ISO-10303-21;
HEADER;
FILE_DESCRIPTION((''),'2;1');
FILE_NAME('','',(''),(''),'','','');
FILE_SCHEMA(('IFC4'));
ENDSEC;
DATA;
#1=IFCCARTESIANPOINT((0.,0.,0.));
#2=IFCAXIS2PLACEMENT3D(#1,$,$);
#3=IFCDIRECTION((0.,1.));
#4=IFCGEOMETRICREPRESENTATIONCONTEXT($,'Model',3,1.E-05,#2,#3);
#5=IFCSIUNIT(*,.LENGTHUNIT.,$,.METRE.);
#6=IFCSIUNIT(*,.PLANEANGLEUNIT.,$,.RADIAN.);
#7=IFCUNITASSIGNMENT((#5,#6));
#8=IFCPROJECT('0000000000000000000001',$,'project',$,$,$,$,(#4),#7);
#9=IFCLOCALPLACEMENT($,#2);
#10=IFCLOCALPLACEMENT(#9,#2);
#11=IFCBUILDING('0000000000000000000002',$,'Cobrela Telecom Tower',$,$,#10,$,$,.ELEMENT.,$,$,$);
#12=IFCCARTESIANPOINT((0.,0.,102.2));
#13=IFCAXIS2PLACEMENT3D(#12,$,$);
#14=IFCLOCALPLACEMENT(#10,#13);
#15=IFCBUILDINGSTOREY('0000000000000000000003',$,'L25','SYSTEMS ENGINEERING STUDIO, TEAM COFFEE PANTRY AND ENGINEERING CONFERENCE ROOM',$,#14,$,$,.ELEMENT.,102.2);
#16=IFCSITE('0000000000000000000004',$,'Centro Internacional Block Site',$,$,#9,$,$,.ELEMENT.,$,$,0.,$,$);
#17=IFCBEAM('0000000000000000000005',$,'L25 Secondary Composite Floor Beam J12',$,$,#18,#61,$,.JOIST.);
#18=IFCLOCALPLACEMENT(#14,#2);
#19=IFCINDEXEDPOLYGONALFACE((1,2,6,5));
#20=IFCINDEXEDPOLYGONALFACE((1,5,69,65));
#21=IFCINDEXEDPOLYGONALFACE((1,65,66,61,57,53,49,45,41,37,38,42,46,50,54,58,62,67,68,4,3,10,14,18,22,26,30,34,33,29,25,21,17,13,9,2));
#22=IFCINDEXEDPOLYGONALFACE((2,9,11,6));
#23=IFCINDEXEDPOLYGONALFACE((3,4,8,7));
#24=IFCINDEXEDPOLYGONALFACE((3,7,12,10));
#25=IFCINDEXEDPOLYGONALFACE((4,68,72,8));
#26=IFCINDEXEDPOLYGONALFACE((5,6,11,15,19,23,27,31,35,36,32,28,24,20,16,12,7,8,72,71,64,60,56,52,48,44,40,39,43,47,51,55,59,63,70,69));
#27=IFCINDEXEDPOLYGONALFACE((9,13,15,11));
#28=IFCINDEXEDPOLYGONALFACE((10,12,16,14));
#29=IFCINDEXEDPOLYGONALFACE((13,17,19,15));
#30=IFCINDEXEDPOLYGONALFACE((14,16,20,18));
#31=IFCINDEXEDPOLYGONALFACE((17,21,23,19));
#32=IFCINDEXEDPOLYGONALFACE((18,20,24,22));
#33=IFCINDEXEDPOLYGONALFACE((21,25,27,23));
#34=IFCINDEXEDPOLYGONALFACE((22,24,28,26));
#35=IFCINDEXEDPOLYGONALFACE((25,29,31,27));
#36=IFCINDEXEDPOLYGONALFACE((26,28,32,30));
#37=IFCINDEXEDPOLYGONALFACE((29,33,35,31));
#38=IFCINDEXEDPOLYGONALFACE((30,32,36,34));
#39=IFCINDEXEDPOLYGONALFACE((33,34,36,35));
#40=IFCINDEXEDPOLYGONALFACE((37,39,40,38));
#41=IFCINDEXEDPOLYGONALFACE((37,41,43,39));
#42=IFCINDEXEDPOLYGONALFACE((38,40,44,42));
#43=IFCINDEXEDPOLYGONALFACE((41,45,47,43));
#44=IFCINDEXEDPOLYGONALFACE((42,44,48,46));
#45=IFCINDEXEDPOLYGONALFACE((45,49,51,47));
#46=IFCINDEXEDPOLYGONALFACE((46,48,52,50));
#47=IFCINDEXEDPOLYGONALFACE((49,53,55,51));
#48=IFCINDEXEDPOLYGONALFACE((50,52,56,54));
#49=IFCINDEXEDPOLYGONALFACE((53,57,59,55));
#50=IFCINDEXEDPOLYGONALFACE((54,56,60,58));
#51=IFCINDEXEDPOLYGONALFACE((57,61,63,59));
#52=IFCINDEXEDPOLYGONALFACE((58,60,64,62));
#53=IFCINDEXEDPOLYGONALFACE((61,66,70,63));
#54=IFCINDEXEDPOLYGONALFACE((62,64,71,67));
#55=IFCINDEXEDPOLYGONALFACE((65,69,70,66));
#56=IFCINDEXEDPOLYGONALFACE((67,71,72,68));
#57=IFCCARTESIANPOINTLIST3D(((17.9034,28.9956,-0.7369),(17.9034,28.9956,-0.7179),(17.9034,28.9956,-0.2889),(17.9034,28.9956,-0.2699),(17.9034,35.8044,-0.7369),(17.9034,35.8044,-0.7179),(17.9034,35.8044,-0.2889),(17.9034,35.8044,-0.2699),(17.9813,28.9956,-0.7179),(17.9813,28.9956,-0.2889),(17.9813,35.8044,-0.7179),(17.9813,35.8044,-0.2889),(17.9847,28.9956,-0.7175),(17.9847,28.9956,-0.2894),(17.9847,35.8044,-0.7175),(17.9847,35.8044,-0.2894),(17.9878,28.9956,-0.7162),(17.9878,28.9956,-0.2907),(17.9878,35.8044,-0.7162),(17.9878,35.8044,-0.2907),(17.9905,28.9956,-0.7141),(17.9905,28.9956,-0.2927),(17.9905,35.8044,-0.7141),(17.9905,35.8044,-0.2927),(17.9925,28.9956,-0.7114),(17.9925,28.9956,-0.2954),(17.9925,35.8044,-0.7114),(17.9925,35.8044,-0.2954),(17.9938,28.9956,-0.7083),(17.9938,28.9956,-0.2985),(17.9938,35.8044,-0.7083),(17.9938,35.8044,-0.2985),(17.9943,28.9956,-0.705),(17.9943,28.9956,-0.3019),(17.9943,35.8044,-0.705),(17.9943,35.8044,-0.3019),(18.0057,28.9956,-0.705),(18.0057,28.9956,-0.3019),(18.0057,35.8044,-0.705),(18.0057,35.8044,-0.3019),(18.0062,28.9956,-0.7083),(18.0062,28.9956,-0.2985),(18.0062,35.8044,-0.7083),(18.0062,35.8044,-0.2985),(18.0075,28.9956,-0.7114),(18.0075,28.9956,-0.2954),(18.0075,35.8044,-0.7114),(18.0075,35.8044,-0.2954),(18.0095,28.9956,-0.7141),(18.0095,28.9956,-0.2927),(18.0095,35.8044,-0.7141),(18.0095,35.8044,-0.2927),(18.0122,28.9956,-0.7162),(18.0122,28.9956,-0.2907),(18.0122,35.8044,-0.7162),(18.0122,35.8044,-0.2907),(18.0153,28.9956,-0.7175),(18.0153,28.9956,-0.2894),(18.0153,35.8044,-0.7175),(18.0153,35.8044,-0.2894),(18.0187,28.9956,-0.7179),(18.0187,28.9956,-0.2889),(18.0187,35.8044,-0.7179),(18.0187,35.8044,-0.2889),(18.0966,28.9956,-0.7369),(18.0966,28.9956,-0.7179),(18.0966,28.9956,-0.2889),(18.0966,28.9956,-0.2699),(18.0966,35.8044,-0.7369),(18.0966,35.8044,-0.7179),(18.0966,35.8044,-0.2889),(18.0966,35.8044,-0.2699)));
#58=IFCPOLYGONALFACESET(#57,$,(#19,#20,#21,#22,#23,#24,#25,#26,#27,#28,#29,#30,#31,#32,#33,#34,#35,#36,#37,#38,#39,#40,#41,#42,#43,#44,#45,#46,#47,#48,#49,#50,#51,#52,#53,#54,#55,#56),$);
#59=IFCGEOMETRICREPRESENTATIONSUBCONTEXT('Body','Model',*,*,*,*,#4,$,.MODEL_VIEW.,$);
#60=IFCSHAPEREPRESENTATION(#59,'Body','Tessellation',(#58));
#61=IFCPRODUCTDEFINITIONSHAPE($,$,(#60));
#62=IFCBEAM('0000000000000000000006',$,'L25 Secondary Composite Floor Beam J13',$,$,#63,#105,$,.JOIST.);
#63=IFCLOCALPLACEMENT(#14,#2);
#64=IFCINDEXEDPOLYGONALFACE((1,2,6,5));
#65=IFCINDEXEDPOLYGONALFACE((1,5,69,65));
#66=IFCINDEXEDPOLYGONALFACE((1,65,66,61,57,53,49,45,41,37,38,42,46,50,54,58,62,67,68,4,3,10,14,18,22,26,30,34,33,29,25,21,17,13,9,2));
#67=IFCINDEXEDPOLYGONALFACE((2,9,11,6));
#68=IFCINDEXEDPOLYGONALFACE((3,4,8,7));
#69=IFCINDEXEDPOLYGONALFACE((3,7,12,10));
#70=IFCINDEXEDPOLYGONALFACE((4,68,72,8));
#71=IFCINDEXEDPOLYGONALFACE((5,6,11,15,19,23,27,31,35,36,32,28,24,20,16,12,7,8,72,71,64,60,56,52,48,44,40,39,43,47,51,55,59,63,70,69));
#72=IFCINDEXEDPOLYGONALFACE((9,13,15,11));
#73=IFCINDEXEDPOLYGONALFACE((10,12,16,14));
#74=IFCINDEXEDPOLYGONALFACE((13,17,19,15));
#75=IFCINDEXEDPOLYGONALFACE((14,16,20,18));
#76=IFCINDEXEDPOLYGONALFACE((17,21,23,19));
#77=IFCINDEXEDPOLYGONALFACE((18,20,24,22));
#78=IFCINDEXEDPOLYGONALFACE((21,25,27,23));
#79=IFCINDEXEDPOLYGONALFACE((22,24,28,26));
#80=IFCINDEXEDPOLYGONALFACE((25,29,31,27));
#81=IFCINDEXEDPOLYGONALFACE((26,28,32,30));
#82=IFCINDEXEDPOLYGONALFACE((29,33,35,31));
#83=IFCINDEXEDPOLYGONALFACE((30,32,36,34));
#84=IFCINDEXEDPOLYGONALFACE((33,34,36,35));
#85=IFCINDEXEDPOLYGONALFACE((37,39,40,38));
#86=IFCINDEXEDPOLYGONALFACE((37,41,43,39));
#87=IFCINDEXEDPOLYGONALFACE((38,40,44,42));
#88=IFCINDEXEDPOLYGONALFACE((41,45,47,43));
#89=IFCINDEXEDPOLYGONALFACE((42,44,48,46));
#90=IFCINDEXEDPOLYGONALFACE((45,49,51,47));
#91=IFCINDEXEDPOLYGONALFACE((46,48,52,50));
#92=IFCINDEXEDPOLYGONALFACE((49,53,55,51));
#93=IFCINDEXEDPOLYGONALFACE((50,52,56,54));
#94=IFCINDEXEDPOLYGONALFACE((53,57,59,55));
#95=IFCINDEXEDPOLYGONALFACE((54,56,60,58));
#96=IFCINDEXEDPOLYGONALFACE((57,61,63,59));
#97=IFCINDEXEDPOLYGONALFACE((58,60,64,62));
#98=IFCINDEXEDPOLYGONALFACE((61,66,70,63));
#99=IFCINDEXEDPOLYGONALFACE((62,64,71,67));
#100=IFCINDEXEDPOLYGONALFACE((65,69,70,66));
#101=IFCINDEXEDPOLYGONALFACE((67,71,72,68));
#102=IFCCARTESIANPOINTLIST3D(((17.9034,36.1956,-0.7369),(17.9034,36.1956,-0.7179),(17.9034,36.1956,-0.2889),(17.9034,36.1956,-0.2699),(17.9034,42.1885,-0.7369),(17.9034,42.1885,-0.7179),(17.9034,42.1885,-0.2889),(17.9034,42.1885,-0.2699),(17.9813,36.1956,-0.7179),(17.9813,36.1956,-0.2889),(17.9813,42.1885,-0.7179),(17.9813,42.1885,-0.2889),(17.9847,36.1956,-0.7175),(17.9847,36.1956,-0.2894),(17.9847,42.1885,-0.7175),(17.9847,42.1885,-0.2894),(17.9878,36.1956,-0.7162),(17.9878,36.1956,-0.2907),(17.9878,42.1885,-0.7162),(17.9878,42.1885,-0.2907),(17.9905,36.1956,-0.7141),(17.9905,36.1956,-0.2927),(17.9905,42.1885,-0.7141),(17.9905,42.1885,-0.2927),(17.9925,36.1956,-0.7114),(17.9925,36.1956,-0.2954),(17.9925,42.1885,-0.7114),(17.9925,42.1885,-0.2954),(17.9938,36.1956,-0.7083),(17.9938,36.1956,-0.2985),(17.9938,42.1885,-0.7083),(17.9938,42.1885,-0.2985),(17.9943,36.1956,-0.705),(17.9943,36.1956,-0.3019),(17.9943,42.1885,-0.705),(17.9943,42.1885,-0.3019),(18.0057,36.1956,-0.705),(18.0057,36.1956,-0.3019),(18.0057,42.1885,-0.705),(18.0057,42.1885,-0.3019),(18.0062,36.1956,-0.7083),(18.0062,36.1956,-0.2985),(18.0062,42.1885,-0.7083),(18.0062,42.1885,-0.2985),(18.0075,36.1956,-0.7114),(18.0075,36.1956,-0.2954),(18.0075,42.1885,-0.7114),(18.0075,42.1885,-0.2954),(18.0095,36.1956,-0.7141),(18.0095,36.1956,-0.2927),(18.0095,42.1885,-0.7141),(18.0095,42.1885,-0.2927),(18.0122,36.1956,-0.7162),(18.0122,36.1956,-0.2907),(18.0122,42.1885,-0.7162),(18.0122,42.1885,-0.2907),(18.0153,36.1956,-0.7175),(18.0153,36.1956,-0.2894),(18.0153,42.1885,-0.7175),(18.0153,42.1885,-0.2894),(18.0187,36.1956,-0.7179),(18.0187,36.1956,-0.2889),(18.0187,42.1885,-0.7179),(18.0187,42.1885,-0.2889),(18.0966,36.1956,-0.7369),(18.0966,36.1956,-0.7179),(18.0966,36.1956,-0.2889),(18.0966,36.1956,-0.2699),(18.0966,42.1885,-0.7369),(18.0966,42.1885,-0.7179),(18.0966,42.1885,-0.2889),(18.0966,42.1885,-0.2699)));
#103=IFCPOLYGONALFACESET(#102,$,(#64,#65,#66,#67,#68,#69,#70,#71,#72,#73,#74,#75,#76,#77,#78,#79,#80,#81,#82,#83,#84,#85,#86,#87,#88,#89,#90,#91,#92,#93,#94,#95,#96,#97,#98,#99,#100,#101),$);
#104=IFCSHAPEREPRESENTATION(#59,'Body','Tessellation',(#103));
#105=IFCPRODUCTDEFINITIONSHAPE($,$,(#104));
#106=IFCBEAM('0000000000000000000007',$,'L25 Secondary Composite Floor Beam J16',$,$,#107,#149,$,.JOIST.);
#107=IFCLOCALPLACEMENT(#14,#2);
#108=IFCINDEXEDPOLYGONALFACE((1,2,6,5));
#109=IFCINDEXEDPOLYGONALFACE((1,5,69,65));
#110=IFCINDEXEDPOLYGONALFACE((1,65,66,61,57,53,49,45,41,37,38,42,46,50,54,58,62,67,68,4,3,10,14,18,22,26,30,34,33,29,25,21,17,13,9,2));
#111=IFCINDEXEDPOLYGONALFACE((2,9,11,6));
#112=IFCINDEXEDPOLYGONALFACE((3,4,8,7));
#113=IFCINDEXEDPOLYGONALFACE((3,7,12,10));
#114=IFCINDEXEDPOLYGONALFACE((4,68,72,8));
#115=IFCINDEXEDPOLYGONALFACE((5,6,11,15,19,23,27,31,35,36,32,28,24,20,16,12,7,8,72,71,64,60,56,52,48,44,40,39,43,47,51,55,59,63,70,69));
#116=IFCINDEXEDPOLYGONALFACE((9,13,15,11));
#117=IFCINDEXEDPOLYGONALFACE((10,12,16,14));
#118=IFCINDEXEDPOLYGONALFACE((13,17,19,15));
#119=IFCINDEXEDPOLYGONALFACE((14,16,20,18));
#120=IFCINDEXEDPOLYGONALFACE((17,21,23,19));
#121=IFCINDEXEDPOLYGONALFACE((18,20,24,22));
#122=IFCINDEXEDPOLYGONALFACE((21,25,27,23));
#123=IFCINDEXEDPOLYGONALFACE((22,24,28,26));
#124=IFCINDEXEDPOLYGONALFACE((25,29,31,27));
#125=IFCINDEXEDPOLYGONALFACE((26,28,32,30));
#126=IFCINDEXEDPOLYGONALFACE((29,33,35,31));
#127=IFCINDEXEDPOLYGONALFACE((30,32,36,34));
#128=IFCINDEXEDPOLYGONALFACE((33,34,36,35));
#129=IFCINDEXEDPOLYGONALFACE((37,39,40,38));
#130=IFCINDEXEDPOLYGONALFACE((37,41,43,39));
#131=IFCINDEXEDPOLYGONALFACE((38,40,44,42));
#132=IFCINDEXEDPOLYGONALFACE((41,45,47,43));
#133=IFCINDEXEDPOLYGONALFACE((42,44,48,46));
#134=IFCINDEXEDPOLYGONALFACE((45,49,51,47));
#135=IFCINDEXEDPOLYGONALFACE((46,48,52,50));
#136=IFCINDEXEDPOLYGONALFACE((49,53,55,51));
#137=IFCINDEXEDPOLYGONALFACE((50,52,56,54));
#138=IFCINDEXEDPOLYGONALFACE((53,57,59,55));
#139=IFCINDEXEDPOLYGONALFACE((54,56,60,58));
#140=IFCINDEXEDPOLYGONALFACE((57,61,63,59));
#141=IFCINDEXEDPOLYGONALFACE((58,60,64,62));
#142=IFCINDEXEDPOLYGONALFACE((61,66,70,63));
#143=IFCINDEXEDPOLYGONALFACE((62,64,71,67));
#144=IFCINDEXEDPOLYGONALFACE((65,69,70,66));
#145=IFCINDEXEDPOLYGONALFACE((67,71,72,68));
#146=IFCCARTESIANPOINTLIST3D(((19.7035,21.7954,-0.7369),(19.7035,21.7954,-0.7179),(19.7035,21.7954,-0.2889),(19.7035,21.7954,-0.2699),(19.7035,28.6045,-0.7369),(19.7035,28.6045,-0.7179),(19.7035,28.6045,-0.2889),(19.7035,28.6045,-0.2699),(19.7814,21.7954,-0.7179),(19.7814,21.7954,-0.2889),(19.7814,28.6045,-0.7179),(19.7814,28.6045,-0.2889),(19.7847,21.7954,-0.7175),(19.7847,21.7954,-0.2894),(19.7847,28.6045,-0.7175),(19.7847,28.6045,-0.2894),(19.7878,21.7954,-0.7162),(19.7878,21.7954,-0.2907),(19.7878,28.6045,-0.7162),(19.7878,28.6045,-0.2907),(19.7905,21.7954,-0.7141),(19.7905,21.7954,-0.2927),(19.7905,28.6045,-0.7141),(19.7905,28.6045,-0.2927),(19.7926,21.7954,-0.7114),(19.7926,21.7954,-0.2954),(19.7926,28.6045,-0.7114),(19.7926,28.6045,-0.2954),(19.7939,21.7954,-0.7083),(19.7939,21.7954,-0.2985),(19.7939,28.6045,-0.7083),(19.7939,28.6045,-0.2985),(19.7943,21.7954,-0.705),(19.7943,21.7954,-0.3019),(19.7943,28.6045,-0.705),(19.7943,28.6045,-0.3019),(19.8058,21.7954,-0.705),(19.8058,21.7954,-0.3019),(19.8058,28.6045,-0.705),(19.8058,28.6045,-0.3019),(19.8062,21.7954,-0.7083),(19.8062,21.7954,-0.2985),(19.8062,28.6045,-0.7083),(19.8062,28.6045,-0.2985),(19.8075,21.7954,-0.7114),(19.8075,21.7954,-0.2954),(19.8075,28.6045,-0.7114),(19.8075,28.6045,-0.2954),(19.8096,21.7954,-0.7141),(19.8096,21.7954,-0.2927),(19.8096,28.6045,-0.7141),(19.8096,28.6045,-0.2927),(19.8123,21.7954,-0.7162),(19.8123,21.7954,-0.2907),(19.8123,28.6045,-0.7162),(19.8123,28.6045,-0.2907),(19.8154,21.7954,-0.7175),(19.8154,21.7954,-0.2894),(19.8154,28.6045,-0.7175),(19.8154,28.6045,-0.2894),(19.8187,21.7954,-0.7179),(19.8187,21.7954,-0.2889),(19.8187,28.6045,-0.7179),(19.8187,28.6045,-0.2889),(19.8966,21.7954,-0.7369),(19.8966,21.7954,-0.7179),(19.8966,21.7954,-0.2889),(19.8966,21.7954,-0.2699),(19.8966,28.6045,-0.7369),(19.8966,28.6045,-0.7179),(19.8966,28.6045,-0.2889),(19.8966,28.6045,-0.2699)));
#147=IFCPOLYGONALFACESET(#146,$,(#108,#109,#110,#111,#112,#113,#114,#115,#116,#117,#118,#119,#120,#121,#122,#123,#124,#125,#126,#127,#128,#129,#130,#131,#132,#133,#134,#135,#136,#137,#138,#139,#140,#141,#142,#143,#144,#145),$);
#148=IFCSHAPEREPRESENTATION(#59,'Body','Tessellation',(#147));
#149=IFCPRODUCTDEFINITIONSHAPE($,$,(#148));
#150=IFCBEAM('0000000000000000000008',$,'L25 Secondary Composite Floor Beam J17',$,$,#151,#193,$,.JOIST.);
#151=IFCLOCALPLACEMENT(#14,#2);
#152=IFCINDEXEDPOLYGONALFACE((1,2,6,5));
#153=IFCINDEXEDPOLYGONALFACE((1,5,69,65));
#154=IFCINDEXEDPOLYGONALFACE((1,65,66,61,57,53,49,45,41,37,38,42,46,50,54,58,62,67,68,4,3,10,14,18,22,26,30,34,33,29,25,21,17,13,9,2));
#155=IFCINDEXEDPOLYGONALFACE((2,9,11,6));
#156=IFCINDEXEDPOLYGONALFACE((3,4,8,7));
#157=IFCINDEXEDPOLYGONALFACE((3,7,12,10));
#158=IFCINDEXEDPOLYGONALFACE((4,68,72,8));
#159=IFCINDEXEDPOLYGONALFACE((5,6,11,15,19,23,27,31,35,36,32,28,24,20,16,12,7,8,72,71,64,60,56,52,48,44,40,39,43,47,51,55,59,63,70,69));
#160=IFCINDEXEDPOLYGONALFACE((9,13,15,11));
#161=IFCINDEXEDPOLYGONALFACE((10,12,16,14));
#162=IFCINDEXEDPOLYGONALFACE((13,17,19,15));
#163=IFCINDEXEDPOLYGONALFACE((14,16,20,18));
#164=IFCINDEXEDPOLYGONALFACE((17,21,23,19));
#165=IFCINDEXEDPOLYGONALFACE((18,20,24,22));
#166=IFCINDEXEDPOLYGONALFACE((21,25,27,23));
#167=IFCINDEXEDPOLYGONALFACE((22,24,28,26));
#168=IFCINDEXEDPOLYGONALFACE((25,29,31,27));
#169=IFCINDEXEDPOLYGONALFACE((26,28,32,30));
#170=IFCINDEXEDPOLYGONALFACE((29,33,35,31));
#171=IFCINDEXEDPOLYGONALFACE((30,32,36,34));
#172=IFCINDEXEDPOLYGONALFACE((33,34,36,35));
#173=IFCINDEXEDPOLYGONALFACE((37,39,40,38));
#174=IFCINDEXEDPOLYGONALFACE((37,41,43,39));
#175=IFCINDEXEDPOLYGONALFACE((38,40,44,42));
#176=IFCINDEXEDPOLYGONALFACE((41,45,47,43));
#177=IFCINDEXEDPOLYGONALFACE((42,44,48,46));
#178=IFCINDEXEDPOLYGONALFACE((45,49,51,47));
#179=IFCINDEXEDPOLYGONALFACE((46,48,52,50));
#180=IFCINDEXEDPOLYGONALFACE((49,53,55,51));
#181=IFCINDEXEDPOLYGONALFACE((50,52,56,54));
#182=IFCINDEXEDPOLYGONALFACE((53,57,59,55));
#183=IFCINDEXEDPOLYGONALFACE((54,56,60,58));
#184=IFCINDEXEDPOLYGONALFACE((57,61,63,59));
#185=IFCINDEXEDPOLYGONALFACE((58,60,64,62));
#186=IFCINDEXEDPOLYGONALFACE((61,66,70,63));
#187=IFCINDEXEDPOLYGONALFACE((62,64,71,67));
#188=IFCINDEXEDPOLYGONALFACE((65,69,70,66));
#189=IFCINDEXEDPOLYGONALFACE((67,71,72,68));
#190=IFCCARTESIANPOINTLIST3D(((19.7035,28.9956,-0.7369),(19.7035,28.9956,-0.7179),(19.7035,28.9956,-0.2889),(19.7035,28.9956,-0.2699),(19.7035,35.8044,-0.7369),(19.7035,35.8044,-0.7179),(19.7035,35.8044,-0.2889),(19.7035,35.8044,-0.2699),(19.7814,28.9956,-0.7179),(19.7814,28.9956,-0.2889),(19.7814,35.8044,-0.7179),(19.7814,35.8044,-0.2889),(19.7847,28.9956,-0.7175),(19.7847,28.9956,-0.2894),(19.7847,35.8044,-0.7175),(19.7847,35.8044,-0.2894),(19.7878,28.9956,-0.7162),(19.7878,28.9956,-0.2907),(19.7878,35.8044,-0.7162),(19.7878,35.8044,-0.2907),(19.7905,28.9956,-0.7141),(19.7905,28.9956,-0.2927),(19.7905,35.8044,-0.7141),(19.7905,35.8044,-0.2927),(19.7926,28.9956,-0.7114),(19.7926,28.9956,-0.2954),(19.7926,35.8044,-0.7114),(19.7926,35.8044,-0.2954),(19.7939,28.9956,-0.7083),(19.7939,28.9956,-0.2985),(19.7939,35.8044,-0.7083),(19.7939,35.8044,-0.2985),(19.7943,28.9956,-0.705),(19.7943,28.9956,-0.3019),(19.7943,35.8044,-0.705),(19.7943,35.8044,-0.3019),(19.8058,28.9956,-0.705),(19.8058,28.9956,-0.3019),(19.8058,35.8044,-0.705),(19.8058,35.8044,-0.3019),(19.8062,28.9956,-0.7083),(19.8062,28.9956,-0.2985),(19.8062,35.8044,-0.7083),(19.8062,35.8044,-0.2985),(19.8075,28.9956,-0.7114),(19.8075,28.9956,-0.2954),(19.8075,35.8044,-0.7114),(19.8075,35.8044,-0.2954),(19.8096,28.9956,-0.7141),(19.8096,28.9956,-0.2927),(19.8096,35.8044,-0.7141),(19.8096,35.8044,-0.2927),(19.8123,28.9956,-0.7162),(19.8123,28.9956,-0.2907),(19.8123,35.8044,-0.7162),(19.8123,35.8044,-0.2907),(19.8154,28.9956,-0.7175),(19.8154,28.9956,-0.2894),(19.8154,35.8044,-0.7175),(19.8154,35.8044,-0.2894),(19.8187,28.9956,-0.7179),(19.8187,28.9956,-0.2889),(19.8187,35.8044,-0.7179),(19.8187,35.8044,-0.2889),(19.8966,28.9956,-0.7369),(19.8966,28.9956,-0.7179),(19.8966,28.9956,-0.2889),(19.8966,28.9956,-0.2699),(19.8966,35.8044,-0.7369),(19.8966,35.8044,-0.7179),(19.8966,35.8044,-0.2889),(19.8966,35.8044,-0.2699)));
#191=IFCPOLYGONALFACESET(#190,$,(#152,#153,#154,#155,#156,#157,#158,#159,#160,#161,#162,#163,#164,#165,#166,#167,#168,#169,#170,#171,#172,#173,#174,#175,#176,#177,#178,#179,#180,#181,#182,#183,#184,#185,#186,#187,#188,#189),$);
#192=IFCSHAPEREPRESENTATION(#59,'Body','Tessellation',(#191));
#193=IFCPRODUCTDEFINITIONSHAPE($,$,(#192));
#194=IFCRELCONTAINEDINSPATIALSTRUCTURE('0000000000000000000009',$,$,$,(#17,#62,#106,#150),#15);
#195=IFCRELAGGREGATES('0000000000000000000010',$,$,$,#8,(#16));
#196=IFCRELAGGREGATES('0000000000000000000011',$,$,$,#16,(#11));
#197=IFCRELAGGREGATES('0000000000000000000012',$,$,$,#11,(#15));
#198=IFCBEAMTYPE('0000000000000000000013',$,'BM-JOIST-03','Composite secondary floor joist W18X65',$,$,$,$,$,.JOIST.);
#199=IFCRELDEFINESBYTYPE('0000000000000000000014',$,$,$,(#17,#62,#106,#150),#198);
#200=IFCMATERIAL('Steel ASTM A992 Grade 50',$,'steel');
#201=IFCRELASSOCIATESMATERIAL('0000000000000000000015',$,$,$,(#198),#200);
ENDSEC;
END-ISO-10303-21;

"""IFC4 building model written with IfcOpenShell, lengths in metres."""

from ifc_helpers import new_model, si_unit, direction, frame, origin, origin_2d, place, context, subcontext, project, spatial, i_section, extrude, material, material_profile, profile_set, type_object, element, save


model = new_model("IFC4")

# Units and contexts
model_context = context("Model", 3, precision=1e-05, world=origin(), true_north=direction((0.0, 1.0)))
body_context = subcontext(model_context, "Body", "Model", "MODEL_VIEW")
ifc_project = project(units=[si_unit("LENGTHUNIT", "METRE"), si_unit("PLANEANGLEUNIT", "RADIAN")], contexts=[model_context])

# Site, building, storey
site_placement = place(None, origin())
site = spatial("IfcSite", under=ifc_project, at=site_placement, Name="Centro Internacional Block Site", CompositionType="ELEMENT", RefElevation=0.0)
building_placement = place(site_placement, origin())
building = spatial("IfcBuilding", under=site, at=building_placement, Name="Cobrela Telecom Tower", CompositionType="ELEMENT")
storey_placement = place(building_placement, frame((0.0, 0.0, 102.2)))
storey = spatial("IfcBuildingStorey", under=building, at=storey_placement, Name="L25", Description="SYSTEMS ENGINEERING STUDIO, TEAM COFFEE PANTRY AND ENGINEERING CONFERENCE ROOM", CompositionType="ELEMENT", Elevation=102.2)

# Shared definitions
ifc_material_1 = material(Name="Steel ASTM A992 Grade 50", Category="steel")

# Beams
ifc_material_profile_1 = material_profile(ifc_material_1, i_section(OverallWidth=0.1931, OverallDepth=0.467, WebThickness=0.0115, FlangeThickness=0.019, FilletRadius=0.0129, at=origin_2d()), Name="W18X65")
ifc_profile_set_1 = profile_set([ifc_material_profile_1], Name="Steel ASTM A992 Grade 50")
beam_type_1 = type_object("IfcBeamType", Name="BM-JOIST-03", Description="Composite secondary floor joist W18X65", PredefinedType="JOIST", material=ifc_profile_set_1)
beam_1_placement = place(storey_placement, frame((18.0, 28.9956, -0.5034), z_axis=(0.0, 1.0, 0.0), x_axis=(-1.0, 0.0, 0.0)))
element("IfcBeam", 1, at=beam_1_placement, inside=storey, type_object=beam_type_1, Name="L25 Secondary Composite Floor Beam J12", PredefinedType="JOIST", context=body_context, shape_type="SweptSolid", body=[
    extrude(i_section(OverallWidth=0.1931, OverallDepth=0.467, WebThickness=0.0115, FlangeThickness=0.019, FilletRadius=0.0129, at=origin_2d()), origin(), (0.0, 0.0, 1.0), 6.8088),
])
beam_2_placement = place(storey_placement, frame((18.0, 36.1956, -0.5034), z_axis=(0.0, 1.0, 0.0), x_axis=(-1.0, 0.0, 0.0)))
element("IfcBeam", 2, at=beam_2_placement, inside=storey, type_object=beam_type_1, Name="L25 Secondary Composite Floor Beam J13", PredefinedType="JOIST", context=body_context, shape_type="SweptSolid", body=[
    extrude(i_section(OverallWidth=0.1931, OverallDepth=0.467, WebThickness=0.0115, FlangeThickness=0.019, FilletRadius=0.0129, at=origin_2d()), origin(), (0.0, 0.0, 1.0), 5.9929),
])
beam_3_placement = place(storey_placement, frame((19.8, 21.7954, -0.5034), z_axis=(0.0, 1.0, 0.0), x_axis=(-1.0, 0.0, 0.0)))
element("IfcBeam", 3, at=beam_3_placement, inside=storey, type_object=beam_type_1, Name="L25 Secondary Composite Floor Beam J16", PredefinedType="JOIST", context=body_context, shape_type="SweptSolid", body=[
    extrude(i_section(OverallWidth=0.1931, OverallDepth=0.467, WebThickness=0.0115, FlangeThickness=0.019, FilletRadius=0.0129, at=origin_2d()), origin(), (0.0, 0.0, 1.0), 6.8091),
])
beam_4_placement = place(storey_placement, frame((19.8, 28.9956, -0.5034), z_axis=(0.0, 1.0, 0.0), x_axis=(-1.0, 0.0, 0.0)))
element("IfcBeam", 4, at=beam_4_placement, inside=storey, type_object=beam_type_1, Name="L25 Secondary Composite Floor Beam J17", PredefinedType="JOIST", context=body_context, shape_type="SweptSolid", body=[
    extrude(i_section(OverallWidth=0.1931, OverallDepth=0.467, WebThickness=0.0115, FlangeThickness=0.019, FilletRadius=0.0129, at=origin_2d()), origin(), (0.0, 0.0, 1.0), 6.8088),
])

save(model, "model.ifc")
